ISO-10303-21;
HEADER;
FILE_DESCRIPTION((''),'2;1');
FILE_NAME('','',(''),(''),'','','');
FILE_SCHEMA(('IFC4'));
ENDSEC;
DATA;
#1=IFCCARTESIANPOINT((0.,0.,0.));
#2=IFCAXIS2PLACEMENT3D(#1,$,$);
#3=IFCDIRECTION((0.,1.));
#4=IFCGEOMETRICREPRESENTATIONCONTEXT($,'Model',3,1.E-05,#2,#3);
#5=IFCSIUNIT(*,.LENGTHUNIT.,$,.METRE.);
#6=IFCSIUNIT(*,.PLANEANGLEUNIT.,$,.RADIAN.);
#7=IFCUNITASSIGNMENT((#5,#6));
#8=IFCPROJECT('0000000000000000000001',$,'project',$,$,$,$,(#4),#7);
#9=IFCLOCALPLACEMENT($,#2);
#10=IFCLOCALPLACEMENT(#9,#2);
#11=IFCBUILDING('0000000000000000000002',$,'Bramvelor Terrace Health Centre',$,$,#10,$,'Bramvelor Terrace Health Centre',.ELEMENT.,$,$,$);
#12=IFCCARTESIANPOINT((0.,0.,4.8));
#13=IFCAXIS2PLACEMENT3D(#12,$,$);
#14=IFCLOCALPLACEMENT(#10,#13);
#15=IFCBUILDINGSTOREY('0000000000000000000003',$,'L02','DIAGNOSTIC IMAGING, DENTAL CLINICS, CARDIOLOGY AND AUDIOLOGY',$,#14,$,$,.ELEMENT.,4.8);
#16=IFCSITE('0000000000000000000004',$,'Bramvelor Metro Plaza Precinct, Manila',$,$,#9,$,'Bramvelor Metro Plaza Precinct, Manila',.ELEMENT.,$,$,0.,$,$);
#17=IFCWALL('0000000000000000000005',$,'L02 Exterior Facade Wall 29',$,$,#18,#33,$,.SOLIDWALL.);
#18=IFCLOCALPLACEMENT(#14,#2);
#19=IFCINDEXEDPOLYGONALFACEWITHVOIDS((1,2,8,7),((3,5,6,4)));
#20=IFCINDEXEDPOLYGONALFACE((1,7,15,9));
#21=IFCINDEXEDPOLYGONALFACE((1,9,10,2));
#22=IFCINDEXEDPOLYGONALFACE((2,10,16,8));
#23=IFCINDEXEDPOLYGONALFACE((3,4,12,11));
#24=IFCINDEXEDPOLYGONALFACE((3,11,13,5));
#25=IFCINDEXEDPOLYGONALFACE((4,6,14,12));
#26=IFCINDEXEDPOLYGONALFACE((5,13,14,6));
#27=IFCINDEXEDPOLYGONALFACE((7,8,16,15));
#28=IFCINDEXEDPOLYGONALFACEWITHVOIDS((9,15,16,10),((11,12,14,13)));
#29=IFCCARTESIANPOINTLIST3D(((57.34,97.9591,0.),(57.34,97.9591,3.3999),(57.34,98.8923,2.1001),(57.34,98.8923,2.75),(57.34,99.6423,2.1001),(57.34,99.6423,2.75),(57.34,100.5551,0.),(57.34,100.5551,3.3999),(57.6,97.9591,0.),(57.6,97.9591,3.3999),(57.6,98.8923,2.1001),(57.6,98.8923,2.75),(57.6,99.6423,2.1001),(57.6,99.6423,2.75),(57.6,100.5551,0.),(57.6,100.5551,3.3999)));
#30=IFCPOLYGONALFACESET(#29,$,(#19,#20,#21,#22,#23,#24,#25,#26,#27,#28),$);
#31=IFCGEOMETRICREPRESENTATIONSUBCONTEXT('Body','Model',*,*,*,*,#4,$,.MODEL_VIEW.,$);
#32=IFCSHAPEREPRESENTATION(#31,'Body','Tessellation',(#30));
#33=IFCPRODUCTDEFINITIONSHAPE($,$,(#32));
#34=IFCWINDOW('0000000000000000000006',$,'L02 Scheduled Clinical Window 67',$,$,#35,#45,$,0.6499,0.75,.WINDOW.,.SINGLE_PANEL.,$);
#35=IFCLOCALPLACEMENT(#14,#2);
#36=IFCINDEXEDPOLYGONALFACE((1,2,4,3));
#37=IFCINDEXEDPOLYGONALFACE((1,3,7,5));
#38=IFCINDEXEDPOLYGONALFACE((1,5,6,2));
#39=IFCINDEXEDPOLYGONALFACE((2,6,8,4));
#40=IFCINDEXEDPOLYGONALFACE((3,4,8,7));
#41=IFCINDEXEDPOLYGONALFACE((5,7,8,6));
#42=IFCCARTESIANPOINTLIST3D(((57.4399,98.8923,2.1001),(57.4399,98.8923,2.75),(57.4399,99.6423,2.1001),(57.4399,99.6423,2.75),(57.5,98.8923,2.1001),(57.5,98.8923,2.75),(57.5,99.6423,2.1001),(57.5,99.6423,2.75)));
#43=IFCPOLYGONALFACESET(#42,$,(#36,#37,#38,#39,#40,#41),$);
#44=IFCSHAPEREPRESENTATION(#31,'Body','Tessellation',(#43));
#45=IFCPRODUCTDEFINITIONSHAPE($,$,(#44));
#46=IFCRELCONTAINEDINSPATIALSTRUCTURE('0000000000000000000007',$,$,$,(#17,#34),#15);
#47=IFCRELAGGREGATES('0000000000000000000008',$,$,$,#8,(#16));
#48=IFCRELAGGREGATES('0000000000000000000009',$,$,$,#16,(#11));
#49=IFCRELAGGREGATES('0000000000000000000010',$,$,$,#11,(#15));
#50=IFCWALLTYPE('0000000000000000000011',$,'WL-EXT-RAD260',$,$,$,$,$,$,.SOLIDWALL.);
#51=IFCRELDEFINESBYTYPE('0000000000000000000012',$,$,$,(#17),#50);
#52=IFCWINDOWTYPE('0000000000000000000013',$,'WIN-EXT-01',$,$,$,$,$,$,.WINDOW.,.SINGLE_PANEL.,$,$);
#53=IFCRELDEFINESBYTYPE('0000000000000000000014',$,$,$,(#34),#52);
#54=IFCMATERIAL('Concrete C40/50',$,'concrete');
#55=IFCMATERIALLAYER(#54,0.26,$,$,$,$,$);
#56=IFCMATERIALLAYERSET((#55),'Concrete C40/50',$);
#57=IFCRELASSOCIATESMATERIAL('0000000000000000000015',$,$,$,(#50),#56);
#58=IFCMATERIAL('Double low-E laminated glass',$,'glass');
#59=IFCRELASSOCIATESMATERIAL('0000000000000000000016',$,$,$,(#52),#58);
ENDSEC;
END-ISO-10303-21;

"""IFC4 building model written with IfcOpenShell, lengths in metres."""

from ifc_helpers import new_model, si_unit, direction, frame, frame_2d, origin, place, context, subcontext, project, spatial, rectangle, extrude, material, layer, layer_set, type_object, element, fill, save


model = new_model("IFC4")

# Units and contexts
model_context = context("Model", 3, precision=1e-05, world=origin(), true_north=direction((0.0, 1.0)))
body_context = subcontext(model_context, "Body", "Model", "MODEL_VIEW")
ifc_project = project(units=[si_unit("LENGTHUNIT", "METRE"), si_unit("PLANEANGLEUNIT", "RADIAN")], contexts=[model_context])

# Site, building, storey
site_placement = place(None, origin())
site = spatial("IfcSite", under=ifc_project, at=site_placement, Name="Bramvelor Metro Plaza Precinct, Manila", LongName="Bramvelor Metro Plaza Precinct, Manila", CompositionType="ELEMENT", RefElevation=0.0)
building_placement = place(site_placement, origin())
building = spatial("IfcBuilding", under=site, at=building_placement, Name="Bramvelor Terrace Health Centre", LongName="Bramvelor Terrace Health Centre", CompositionType="ELEMENT")
storey_placement = place(building_placement, frame((0.0, 0.0, 4.8)))
storey = spatial("IfcBuildingStorey", under=building, at=storey_placement, Name="L02", Description="DIAGNOSTIC IMAGING, DENTAL CLINICS, CARDIOLOGY AND AUDIOLOGY", CompositionType="ELEMENT", Elevation=4.8)

# Wall, opening, window
ifc_material_1 = material(Name="Concrete C40/50", Category="concrete")
ifc_layer_1 = layer(ifc_material_1, 0.26)
ifc_layer_set_1 = layer_set([ifc_layer_1], Name="Concrete C40/50")
wall_type = type_object("IfcWallType", Name="WL-EXT-RAD260", PredefinedType="SOLIDWALL", material=ifc_layer_set_1)
wall_1_placement = place(storey_placement, frame((57.47, 100.5549, 0.0), z_axis=(0.0, 0.0, 1.0), x_axis=(0.0, -1.0, 0.0)))
wall_1 = element("IfcWall", 1, at=wall_1_placement, inside=storey, type_object=wall_type, Name="L02 Exterior Facade Wall 29", PredefinedType="SOLIDWALL", context=body_context, shape_type="SweptSolid", body=[
    extrude(rectangle(XDim=2.5959, YDim=0.26, at=frame_2d((1.2979, 0.0))), origin(), (0.0, 0.0, 1.0), 3.3999),
])
opening_1_placement = place(wall_1_placement, frame((0.9126, 0.0, 2.1001)))
opening_1 = element("IfcOpeningElement", 2, at=opening_1_placement, cuts=wall_1, PredefinedType="OPENING", context=body_context, shape_type="SweptSolid", body=[
    extrude(rectangle(XDim=0.75, YDim=0.6499, at=frame_2d((0.375, 0.325))), frame((0.0, 0.1399, 0.0), z_axis=(0.0, -1.0, 0.0), x_axis=(1.0, 0.0, 0.0)), (0.0, 0.0, 1.0), 0.28),
])
ifc_material_2 = material(Name="Double low-E laminated glass", Category="glass")
window_type_1 = type_object("IfcWindowType", Name="WIN-EXT-01", PartitioningType="SINGLE_PANEL", PredefinedType="WINDOW", material=ifc_material_2)
window_1_placement = place(opening_1_placement, origin())
window_1 = element("IfcWindow", 3, at=window_1_placement, inside=storey, type_object=window_type_1, Name="L02 Scheduled Clinical Window 67", OverallHeight=0.6499, OverallWidth=0.75, PartitioningType="SINGLE_PANEL", PredefinedType="WINDOW", context=body_context, shape_type="SweptSolid", body=[
    extrude(rectangle(XDim=0.75, YDim=0.6499, at=frame_2d((0.375, 0.325))), frame((0.0, 0.03, 0.0), z_axis=(0.0, -1.0, 0.0), x_axis=(1.0, 0.0, 0.0)), (0.0, 0.0, 1.0), 0.0601),
])
fill(opening_1, window_1)

save(model, "model.ifc")
